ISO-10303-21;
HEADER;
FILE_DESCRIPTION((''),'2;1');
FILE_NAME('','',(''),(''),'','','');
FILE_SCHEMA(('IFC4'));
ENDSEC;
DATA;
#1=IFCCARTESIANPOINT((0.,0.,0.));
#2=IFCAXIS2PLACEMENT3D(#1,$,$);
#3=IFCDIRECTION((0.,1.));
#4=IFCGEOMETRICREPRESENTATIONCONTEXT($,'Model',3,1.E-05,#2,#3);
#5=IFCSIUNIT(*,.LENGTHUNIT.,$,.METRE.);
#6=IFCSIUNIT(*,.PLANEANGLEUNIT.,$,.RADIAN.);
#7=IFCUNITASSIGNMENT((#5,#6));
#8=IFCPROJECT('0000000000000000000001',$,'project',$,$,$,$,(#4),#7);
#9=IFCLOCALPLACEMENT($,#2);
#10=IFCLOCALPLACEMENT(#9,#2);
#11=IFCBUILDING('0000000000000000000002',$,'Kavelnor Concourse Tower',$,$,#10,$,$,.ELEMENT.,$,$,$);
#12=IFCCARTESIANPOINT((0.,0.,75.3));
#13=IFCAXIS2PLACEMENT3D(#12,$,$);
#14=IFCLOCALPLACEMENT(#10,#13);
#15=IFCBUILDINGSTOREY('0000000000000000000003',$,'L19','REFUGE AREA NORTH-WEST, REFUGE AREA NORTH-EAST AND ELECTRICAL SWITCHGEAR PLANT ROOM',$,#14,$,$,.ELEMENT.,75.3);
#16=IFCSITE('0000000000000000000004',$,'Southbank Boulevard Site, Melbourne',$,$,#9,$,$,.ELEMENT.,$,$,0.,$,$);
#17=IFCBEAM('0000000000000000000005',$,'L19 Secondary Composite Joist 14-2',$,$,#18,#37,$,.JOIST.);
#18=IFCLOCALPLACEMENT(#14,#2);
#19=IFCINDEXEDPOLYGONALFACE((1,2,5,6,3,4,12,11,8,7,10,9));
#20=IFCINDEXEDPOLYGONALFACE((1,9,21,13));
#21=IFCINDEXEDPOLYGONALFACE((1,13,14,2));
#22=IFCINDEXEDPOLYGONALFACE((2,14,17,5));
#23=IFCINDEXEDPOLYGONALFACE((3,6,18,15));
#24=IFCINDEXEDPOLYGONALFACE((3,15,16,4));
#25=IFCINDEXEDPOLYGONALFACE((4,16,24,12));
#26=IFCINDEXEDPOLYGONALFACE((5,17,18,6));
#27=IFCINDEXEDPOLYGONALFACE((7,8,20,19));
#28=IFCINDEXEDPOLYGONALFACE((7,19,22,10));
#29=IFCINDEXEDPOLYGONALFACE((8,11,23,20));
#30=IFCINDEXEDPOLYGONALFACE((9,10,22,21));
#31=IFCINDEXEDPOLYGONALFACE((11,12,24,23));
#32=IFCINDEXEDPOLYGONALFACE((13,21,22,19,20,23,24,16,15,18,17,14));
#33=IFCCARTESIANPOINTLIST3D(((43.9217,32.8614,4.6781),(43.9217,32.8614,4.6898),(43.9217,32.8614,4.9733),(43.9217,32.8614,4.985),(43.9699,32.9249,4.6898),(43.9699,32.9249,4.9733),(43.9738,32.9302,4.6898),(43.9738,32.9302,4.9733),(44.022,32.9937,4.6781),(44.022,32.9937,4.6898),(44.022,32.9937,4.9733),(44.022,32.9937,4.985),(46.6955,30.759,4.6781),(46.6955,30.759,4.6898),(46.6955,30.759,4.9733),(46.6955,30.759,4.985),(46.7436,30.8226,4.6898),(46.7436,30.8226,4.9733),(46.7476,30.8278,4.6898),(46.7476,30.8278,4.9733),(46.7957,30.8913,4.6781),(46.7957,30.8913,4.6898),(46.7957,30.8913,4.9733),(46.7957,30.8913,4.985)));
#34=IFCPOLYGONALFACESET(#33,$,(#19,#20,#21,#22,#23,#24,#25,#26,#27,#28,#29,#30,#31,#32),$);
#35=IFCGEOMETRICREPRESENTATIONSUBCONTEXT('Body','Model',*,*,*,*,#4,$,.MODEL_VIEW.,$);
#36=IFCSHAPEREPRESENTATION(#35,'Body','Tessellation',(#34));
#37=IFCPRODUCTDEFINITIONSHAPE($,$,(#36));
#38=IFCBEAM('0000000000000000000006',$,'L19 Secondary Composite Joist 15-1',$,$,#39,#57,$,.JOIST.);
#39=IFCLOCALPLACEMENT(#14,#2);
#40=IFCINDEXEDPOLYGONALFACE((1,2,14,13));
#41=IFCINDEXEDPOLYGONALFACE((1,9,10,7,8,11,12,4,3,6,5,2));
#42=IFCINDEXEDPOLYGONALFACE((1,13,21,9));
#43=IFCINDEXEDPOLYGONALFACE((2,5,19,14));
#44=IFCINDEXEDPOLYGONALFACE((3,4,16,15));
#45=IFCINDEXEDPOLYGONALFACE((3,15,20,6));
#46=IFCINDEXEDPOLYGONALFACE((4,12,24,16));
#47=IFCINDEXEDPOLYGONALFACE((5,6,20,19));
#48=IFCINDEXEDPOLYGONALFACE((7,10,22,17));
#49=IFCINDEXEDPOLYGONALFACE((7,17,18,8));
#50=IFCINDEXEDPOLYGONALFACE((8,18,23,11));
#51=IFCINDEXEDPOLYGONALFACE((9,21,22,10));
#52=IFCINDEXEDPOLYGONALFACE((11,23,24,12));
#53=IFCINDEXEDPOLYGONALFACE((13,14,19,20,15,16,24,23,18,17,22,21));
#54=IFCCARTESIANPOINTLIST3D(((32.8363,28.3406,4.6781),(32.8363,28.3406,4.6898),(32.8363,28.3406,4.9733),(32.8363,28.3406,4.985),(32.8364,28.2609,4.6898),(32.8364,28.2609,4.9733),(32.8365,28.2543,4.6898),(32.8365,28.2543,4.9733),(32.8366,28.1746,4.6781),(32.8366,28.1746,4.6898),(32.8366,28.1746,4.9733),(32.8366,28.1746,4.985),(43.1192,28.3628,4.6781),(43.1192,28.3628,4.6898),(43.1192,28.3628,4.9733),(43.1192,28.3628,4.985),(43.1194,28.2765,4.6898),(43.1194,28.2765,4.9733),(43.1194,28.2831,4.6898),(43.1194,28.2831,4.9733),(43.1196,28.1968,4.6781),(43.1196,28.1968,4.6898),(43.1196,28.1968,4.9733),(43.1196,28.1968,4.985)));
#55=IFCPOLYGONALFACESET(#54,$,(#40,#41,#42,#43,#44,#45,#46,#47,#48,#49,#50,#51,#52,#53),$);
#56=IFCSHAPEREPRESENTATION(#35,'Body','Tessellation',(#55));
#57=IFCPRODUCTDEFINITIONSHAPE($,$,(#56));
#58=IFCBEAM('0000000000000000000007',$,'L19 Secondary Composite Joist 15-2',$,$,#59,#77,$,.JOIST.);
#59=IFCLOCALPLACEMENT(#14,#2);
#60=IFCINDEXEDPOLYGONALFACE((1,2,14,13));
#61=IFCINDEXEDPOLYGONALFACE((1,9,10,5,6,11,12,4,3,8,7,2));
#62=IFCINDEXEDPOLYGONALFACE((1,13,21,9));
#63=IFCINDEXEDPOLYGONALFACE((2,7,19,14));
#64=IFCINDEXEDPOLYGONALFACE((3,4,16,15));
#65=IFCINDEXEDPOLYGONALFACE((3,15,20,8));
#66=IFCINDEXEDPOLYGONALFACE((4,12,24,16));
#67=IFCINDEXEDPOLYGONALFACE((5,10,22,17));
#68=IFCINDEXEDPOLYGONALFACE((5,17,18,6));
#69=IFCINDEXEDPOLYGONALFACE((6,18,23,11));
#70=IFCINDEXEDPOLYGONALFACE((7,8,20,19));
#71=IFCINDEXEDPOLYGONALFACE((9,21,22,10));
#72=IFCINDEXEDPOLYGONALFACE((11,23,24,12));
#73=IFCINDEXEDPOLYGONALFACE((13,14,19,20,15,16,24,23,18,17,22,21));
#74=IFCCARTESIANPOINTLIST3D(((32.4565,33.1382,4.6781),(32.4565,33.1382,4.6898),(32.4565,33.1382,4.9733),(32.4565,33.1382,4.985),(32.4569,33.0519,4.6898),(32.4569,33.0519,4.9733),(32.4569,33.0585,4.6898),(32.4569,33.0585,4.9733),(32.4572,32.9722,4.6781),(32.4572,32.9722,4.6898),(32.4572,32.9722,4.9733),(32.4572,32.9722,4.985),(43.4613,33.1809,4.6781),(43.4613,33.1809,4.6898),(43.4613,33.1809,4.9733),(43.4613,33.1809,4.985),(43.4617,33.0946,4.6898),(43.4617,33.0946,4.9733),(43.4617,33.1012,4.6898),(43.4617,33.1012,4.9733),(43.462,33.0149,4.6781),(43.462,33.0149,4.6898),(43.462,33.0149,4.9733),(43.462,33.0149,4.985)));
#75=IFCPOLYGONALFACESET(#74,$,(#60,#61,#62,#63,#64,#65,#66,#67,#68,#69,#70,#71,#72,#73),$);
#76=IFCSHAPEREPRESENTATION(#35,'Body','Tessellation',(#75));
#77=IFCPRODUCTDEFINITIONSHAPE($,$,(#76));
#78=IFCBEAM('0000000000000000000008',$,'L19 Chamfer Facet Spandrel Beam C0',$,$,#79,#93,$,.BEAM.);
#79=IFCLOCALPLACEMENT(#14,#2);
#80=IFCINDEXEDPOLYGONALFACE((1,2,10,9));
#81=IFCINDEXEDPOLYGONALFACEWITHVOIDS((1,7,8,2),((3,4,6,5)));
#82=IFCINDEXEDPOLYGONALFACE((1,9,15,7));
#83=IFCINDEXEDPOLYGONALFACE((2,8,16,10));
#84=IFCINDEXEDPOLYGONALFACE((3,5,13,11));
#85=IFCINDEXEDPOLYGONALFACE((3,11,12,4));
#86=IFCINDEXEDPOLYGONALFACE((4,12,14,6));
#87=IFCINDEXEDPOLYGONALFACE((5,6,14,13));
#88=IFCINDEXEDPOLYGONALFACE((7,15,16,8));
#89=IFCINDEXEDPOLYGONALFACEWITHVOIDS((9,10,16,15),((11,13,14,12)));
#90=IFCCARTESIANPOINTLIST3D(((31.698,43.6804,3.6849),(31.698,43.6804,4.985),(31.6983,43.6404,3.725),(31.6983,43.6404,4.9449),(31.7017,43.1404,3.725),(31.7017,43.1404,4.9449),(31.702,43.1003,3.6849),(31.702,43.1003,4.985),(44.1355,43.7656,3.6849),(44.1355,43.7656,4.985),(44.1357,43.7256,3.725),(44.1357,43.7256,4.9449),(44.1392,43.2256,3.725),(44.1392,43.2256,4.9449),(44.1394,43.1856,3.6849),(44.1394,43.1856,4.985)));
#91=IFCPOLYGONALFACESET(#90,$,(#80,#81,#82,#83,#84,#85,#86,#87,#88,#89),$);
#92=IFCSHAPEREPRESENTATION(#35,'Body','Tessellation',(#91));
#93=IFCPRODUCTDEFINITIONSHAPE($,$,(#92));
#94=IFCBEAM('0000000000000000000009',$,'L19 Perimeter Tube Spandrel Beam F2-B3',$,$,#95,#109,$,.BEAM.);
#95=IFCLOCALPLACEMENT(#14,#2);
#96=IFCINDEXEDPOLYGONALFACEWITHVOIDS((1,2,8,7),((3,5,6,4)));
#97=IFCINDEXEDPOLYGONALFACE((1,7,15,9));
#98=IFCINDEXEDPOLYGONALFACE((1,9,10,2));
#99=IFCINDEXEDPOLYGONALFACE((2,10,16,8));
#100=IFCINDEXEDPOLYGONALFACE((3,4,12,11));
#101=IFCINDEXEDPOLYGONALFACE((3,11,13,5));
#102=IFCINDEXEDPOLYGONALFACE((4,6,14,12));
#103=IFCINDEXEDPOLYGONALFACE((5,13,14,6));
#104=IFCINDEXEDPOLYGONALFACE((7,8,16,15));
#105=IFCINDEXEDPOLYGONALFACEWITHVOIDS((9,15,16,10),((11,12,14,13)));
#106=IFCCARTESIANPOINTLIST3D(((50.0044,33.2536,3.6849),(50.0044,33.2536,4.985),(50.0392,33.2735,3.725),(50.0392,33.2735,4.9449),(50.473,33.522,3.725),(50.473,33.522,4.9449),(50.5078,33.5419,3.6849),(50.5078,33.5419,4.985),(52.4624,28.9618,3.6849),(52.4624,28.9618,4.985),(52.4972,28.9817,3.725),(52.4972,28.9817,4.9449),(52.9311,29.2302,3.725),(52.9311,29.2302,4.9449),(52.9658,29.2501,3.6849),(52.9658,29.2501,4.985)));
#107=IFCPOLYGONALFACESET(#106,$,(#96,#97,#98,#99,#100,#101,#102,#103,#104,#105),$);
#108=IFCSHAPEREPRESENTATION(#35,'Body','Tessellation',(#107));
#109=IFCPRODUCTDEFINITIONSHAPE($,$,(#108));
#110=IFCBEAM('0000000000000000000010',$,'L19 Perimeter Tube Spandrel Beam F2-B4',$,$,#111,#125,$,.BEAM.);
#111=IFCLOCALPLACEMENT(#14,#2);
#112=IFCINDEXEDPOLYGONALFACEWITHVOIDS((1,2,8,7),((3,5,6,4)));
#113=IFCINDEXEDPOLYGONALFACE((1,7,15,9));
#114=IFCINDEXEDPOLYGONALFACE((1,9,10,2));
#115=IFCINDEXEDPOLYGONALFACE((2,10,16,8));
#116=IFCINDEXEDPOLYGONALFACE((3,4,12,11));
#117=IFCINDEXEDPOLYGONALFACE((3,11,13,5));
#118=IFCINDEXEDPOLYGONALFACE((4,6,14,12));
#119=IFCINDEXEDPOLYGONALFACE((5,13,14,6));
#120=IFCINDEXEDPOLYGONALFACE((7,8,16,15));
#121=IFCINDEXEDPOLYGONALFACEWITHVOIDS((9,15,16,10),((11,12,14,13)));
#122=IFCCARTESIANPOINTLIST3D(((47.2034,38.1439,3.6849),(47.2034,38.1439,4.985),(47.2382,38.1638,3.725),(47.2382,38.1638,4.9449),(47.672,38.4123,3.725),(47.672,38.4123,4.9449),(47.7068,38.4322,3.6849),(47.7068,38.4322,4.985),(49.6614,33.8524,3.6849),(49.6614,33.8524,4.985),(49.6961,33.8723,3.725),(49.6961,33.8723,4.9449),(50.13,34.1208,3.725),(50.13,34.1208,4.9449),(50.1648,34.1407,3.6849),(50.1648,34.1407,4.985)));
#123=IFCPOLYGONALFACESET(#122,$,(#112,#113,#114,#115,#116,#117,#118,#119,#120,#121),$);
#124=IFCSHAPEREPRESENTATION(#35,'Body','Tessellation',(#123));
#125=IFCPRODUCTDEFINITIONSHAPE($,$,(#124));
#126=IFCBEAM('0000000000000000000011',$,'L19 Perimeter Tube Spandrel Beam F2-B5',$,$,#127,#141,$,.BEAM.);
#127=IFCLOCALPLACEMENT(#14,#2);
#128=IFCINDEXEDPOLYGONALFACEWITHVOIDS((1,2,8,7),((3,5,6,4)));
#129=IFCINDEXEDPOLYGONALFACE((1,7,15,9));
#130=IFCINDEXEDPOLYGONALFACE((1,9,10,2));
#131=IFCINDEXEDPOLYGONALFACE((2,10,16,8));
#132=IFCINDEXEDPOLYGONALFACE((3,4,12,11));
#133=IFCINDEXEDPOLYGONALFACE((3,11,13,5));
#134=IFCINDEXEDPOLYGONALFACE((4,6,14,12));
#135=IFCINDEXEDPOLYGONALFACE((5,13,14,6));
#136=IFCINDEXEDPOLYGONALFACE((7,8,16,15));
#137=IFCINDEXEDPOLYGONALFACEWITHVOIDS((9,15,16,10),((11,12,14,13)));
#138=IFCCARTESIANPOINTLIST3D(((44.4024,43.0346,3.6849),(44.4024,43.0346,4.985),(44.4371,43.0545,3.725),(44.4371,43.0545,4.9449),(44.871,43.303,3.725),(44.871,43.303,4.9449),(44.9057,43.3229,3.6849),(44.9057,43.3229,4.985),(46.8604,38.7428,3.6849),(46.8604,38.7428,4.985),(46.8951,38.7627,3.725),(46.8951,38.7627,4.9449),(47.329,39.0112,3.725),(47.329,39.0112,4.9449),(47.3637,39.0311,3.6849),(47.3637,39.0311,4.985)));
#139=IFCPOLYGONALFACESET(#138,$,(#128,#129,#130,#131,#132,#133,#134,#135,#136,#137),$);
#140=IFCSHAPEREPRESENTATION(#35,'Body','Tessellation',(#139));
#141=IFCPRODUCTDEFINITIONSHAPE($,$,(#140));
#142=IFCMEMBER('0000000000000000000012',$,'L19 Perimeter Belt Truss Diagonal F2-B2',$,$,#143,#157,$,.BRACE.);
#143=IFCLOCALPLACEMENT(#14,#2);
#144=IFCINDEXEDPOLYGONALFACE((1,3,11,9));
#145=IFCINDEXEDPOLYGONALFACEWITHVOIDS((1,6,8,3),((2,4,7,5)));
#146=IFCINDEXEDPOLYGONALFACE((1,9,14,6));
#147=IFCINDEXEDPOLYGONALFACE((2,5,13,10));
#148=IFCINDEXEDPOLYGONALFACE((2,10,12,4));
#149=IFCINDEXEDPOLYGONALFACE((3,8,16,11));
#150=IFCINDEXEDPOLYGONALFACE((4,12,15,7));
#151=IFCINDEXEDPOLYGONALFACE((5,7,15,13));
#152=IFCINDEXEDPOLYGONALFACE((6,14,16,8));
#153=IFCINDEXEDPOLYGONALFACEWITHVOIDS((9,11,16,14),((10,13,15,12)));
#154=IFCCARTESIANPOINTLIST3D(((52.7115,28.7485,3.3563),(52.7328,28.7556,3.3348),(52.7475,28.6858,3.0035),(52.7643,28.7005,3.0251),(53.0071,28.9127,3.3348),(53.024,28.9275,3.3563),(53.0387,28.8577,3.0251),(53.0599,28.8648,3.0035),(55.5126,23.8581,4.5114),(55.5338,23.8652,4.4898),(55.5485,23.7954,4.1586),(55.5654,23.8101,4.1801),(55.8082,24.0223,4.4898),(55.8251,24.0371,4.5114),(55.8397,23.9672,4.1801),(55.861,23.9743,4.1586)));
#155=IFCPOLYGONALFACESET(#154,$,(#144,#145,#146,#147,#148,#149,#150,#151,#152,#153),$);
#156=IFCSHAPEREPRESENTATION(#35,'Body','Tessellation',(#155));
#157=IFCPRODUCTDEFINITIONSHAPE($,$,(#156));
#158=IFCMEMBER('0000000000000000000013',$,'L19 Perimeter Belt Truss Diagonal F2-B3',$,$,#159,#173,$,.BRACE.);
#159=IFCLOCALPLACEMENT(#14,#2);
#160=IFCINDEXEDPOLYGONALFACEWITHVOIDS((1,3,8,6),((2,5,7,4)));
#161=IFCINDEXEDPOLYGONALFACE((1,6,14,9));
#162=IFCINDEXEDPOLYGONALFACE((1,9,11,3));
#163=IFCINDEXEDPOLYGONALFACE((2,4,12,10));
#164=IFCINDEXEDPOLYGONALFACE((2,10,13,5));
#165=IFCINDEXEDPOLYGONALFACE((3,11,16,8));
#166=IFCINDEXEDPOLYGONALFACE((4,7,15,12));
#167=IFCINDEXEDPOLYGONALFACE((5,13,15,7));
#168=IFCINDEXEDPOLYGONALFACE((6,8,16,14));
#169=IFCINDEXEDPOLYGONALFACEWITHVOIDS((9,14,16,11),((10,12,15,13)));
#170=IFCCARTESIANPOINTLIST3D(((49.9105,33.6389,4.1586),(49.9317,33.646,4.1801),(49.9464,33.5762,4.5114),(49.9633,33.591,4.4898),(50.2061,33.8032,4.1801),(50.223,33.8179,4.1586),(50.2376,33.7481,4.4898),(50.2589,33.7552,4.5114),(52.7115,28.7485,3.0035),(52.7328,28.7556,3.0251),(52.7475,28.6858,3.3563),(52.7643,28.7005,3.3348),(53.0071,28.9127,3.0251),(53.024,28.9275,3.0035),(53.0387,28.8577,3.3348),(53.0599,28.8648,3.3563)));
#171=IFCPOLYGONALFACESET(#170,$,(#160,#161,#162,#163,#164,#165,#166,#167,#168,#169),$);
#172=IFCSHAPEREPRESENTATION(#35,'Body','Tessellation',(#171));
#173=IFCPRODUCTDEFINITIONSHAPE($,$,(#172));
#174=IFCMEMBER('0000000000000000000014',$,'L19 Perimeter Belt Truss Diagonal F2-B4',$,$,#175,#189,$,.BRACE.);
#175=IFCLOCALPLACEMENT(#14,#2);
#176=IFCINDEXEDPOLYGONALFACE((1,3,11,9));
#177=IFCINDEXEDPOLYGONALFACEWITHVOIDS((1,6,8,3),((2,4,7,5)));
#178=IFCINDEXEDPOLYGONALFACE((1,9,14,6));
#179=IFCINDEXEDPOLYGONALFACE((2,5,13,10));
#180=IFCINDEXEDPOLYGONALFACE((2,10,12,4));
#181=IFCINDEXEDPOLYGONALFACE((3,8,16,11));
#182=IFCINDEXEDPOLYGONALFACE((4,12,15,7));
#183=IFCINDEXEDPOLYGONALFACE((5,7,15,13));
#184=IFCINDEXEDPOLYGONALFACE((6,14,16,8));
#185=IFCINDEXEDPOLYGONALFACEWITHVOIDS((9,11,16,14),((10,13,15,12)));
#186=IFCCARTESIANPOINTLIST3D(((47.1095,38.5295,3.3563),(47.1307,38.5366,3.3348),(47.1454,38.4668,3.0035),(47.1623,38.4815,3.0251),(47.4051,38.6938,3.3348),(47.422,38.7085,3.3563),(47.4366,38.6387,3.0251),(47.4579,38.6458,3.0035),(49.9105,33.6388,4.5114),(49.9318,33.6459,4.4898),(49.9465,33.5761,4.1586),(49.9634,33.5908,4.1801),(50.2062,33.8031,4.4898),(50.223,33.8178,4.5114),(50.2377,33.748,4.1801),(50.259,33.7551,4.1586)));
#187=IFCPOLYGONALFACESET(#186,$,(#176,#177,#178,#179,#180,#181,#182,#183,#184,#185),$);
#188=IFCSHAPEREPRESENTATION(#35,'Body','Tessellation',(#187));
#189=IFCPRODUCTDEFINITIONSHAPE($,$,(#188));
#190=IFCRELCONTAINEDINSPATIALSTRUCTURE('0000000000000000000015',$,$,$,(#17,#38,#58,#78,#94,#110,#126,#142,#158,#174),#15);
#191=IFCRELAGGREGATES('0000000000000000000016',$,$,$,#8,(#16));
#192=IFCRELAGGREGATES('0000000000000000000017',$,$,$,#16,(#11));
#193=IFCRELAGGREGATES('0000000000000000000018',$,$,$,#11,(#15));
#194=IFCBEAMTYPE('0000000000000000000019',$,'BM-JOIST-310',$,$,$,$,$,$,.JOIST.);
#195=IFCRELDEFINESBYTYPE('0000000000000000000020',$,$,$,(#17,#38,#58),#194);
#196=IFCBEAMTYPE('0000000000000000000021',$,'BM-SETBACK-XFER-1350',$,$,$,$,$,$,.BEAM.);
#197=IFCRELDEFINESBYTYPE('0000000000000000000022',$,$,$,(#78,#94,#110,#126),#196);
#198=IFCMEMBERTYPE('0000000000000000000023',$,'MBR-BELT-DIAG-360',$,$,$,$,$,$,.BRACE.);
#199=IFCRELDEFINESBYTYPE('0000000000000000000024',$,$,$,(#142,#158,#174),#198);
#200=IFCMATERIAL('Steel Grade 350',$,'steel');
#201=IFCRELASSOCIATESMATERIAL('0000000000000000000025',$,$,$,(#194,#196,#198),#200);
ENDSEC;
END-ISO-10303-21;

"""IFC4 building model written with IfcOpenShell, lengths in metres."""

from ifc_helpers import new_model, si_unit, direction, frame, origin, origin_2d, place, context, subcontext, project, spatial, hollow_rectangle, i_section, extrude, material, material_profile, profile_set, type_object, element, save


model = new_model("IFC4")

# Units and contexts
model_context = context("Model", 3, precision=1e-05, world=origin(), true_north=direction((0.0, 1.0)))
body_context = subcontext(model_context, "Body", "Model", "MODEL_VIEW")
ifc_project = project(units=[si_unit("LENGTHUNIT", "METRE"), si_unit("PLANEANGLEUNIT", "RADIAN")], contexts=[model_context])

# Site, building, storey
site_placement = place(None, origin())
site = spatial("IfcSite", under=ifc_project, at=site_placement, Name="Southbank Boulevard Site, Melbourne", CompositionType="ELEMENT", RefElevation=0.0)
building_placement = place(site_placement, origin())
building = spatial("IfcBuilding", under=site, at=building_placement, Name="Kavelnor Concourse Tower", CompositionType="ELEMENT")
storey_placement = place(building_placement, frame((0.0, 0.0, 75.3)))
storey = spatial("IfcBuildingStorey", under=building, at=storey_placement, Name="L19", Description="REFUGE AREA NORTH-WEST, REFUGE AREA NORTH-EAST AND ELECTRICAL SWITCHGEAR PLANT ROOM", CompositionType="ELEMENT", Elevation=75.3)

# Shared definitions
ifc_material_1 = material(Name="Steel Grade 350", Category="steel")

# Beams
ifc_material_profile_1 = material_profile(ifc_material_1, i_section(OverallWidth=0.166, OverallDepth=0.3069, WebThickness=0.0066, FlangeThickness=0.0117, at=origin_2d()), Name="310UB46")
ifc_profile_set_1 = profile_set([ifc_material_profile_1], Name="Steel Grade 350")
beam_type_1 = type_object("IfcBeamType", Name="BM-JOIST-310", PredefinedType="JOIST", material=ifc_profile_set_1)
beam_1_placement = place(storey_placement, frame((46.7456, 30.8252, 4.8315), z_axis=(-0.796951, 0.604044, 0.0), x_axis=(-0.604044, -0.796951, 0.0)))
element("IfcBeam", 1, at=beam_1_placement, inside=storey, type_object=beam_type_1, Name="L19 Secondary Composite Joist 14-2", PredefinedType="JOIST", context=body_context, shape_type="SweptSolid", body=[
    extrude(i_section(OverallWidth=0.166, OverallDepth=0.3069, WebThickness=0.0066, FlangeThickness=0.0117, at=origin_2d()), origin(), (0.0, 0.0, 1.0), 3.4805),
])
beam_2_placement = place(storey_placement, frame((43.1194, 28.2798, 4.8315), z_axis=(-0.999998, -0.002161, 0.0), x_axis=(0.002161, -0.999998, 0.0)))
element("IfcBeam", 2, at=beam_2_placement, inside=storey, type_object=beam_type_1, Name="L19 Secondary Composite Joist 15-1", PredefinedType="JOIST", context=body_context, shape_type="SweptSolid", body=[
    extrude(i_section(OverallWidth=0.166, OverallDepth=0.3069, WebThickness=0.0066, FlangeThickness=0.0117, at=origin_2d()), origin(), (0.0, 0.0, 1.0), 10.283),
])
beam_3_placement = place(storey_placement, frame((43.4617, 33.0979, 4.8315), z_axis=(-0.999992, -0.003882, 0.0), x_axis=(0.003882, -0.999992, 0.0)))
element("IfcBeam", 3, at=beam_3_placement, inside=storey, type_object=beam_type_1, Name="L19 Secondary Composite Joist 15-2", PredefinedType="JOIST", context=body_context, shape_type="SweptSolid", body=[
    extrude(i_section(OverallWidth=0.166, OverallDepth=0.3069, WebThickness=0.0066, FlangeThickness=0.0117, at=origin_2d()), origin(), (0.0, 0.0, 1.0), 11.0049),
])
ifc_material_profile_2 = material_profile(ifc_material_1, hollow_rectangle(XDim=0.5801, YDim=1.3, WallThickness=0.04, at=origin_2d()), Name="RHS 1300x580x40")
ifc_profile_set_2 = profile_set([ifc_material_profile_2], Name="Steel Grade 350")
beam_type_2 = type_object("IfcBeamType", Name="BM-SETBACK-XFER-1350", PredefinedType="BEAM", material=ifc_profile_set_2)
beam_4_placement = place(storey_placement, frame((44.1375, 43.4756, 4.335), z_axis=(-0.999977, -0.00685, 0.0), x_axis=(0.00685, -0.999977, 0.0)))
element("IfcBeam", 4, at=beam_4_placement, inside=storey, type_object=beam_type_2, Name="L19 Chamfer Facet Spandrel Beam C0", PredefinedType="BEAM", context=body_context, shape_type="SweptSolid", body=[
    extrude(hollow_rectangle(XDim=0.5801, YDim=1.3, WallThickness=0.04, at=origin_2d()), origin(), (0.0, 0.0, 1.0), 12.4377),
])
beam_5_placement = place(storey_placement, frame((52.7141, 29.106, 4.335), z_axis=(-0.496989, 0.867757, 0.0), x_axis=(-0.867757, -0.496989, 0.0)))
element("IfcBeam", 5, at=beam_5_placement, inside=storey, type_object=beam_type_2, Name="L19 Perimeter Tube Spandrel Beam F2-B3", PredefinedType="BEAM", context=body_context, shape_type="SweptSolid", body=[
    extrude(hollow_rectangle(XDim=0.5801, YDim=1.3, WallThickness=0.04, at=origin_2d()), origin(), (0.0, 0.0, 1.0), 4.9458),
])
beam_6_placement = place(storey_placement, frame((49.9131, 33.9966, 4.335), z_axis=(-0.497011, 0.867744, 0.0), x_axis=(-0.867744, -0.497011, 0.0)))
element("IfcBeam", 6, at=beam_6_placement, inside=storey, type_object=beam_type_2, Name="L19 Perimeter Tube Spandrel Beam F2-B4", PredefinedType="BEAM", context=body_context, shape_type="SweptSolid", body=[
    extrude(hollow_rectangle(XDim=0.5801, YDim=1.3, WallThickness=0.04, at=origin_2d()), origin(), (0.0, 0.0, 1.0), 4.9456),
])
beam_7_placement = place(storey_placement, frame((47.1121, 38.887, 4.335), z_axis=(-0.496989, 0.867757, 0.0), x_axis=(-0.867757, -0.496989, 0.0)))
element("IfcBeam", 7, at=beam_7_placement, inside=storey, type_object=beam_type_2, Name="L19 Perimeter Tube Spandrel Beam F2-B5", PredefinedType="BEAM", context=body_context, shape_type="SweptSolid", body=[
    extrude(hollow_rectangle(XDim=0.5801, YDim=1.3, WallThickness=0.04, at=origin_2d()), origin(), (0.0, 0.0, 1.0), 4.9458),
])

# Members
ifc_material_profile_3 = material_profile(ifc_material_1, hollow_rectangle(XDim=0.3601, YDim=0.3601, WallThickness=0.022, at=origin_2d()), Name="SHS 360x360x22")
ifc_profile_set_3 = profile_set([ifc_material_profile_3], Name="Steel Grade 350")
member_type_1 = type_object("IfcMemberType", Name="MBR-BELT-DIAG-360", PredefinedType="BRACE", material=ifc_profile_set_3)
for number, where, z_axis, x_axis, name in (
    (8, (52.8857, 28.8066, 3.1799), (0.486891, -0.850075, 0.200774), (0.867744, 0.497011, 0.0), "L19 Perimeter Belt Truss Diagonal F2-B2"),
    (9, (52.8857, 28.8066, 3.1799), (-0.486891, 0.850075, 0.200774), (-0.867744, -0.497011, 0.0), "L19 Perimeter Belt Truss Diagonal F2-B3"),
):
    element("IfcMember", number, at=place(storey_placement, frame(where, z_axis=z_axis, x_axis=x_axis)), inside=storey, type_object=member_type_1, Name=name, PredefinedType="BRACE", context=body_context, shape_type="SweptSolid", body=[
        extrude(hollow_rectangle(XDim=0.3601, YDim=0.3601, WallThickness=0.022, at=origin_2d()), origin(), (0.0, 0.0, 1.0), 5.7529),
    ])
member_1_placement = place(storey_placement, frame((47.2837, 38.5876, 3.1799), z_axis=(0.486873, -0.850087, 0.200767), x_axis=(0.867755, 0.496992, 0.0)))
element("IfcMember", 10, at=member_1_placement, inside=storey, type_object=member_type_1, Name="L19 Perimeter Belt Truss Diagonal F2-B4", PredefinedType="BRACE", context=body_context, shape_type="SweptSolid", body=[
    extrude(hollow_rectangle(XDim=0.3601, YDim=0.3601, WallThickness=0.022, at=origin_2d()), origin(), (0.0, 0.0, 1.0), 5.7532),
])

save(model, "model.ifc")
